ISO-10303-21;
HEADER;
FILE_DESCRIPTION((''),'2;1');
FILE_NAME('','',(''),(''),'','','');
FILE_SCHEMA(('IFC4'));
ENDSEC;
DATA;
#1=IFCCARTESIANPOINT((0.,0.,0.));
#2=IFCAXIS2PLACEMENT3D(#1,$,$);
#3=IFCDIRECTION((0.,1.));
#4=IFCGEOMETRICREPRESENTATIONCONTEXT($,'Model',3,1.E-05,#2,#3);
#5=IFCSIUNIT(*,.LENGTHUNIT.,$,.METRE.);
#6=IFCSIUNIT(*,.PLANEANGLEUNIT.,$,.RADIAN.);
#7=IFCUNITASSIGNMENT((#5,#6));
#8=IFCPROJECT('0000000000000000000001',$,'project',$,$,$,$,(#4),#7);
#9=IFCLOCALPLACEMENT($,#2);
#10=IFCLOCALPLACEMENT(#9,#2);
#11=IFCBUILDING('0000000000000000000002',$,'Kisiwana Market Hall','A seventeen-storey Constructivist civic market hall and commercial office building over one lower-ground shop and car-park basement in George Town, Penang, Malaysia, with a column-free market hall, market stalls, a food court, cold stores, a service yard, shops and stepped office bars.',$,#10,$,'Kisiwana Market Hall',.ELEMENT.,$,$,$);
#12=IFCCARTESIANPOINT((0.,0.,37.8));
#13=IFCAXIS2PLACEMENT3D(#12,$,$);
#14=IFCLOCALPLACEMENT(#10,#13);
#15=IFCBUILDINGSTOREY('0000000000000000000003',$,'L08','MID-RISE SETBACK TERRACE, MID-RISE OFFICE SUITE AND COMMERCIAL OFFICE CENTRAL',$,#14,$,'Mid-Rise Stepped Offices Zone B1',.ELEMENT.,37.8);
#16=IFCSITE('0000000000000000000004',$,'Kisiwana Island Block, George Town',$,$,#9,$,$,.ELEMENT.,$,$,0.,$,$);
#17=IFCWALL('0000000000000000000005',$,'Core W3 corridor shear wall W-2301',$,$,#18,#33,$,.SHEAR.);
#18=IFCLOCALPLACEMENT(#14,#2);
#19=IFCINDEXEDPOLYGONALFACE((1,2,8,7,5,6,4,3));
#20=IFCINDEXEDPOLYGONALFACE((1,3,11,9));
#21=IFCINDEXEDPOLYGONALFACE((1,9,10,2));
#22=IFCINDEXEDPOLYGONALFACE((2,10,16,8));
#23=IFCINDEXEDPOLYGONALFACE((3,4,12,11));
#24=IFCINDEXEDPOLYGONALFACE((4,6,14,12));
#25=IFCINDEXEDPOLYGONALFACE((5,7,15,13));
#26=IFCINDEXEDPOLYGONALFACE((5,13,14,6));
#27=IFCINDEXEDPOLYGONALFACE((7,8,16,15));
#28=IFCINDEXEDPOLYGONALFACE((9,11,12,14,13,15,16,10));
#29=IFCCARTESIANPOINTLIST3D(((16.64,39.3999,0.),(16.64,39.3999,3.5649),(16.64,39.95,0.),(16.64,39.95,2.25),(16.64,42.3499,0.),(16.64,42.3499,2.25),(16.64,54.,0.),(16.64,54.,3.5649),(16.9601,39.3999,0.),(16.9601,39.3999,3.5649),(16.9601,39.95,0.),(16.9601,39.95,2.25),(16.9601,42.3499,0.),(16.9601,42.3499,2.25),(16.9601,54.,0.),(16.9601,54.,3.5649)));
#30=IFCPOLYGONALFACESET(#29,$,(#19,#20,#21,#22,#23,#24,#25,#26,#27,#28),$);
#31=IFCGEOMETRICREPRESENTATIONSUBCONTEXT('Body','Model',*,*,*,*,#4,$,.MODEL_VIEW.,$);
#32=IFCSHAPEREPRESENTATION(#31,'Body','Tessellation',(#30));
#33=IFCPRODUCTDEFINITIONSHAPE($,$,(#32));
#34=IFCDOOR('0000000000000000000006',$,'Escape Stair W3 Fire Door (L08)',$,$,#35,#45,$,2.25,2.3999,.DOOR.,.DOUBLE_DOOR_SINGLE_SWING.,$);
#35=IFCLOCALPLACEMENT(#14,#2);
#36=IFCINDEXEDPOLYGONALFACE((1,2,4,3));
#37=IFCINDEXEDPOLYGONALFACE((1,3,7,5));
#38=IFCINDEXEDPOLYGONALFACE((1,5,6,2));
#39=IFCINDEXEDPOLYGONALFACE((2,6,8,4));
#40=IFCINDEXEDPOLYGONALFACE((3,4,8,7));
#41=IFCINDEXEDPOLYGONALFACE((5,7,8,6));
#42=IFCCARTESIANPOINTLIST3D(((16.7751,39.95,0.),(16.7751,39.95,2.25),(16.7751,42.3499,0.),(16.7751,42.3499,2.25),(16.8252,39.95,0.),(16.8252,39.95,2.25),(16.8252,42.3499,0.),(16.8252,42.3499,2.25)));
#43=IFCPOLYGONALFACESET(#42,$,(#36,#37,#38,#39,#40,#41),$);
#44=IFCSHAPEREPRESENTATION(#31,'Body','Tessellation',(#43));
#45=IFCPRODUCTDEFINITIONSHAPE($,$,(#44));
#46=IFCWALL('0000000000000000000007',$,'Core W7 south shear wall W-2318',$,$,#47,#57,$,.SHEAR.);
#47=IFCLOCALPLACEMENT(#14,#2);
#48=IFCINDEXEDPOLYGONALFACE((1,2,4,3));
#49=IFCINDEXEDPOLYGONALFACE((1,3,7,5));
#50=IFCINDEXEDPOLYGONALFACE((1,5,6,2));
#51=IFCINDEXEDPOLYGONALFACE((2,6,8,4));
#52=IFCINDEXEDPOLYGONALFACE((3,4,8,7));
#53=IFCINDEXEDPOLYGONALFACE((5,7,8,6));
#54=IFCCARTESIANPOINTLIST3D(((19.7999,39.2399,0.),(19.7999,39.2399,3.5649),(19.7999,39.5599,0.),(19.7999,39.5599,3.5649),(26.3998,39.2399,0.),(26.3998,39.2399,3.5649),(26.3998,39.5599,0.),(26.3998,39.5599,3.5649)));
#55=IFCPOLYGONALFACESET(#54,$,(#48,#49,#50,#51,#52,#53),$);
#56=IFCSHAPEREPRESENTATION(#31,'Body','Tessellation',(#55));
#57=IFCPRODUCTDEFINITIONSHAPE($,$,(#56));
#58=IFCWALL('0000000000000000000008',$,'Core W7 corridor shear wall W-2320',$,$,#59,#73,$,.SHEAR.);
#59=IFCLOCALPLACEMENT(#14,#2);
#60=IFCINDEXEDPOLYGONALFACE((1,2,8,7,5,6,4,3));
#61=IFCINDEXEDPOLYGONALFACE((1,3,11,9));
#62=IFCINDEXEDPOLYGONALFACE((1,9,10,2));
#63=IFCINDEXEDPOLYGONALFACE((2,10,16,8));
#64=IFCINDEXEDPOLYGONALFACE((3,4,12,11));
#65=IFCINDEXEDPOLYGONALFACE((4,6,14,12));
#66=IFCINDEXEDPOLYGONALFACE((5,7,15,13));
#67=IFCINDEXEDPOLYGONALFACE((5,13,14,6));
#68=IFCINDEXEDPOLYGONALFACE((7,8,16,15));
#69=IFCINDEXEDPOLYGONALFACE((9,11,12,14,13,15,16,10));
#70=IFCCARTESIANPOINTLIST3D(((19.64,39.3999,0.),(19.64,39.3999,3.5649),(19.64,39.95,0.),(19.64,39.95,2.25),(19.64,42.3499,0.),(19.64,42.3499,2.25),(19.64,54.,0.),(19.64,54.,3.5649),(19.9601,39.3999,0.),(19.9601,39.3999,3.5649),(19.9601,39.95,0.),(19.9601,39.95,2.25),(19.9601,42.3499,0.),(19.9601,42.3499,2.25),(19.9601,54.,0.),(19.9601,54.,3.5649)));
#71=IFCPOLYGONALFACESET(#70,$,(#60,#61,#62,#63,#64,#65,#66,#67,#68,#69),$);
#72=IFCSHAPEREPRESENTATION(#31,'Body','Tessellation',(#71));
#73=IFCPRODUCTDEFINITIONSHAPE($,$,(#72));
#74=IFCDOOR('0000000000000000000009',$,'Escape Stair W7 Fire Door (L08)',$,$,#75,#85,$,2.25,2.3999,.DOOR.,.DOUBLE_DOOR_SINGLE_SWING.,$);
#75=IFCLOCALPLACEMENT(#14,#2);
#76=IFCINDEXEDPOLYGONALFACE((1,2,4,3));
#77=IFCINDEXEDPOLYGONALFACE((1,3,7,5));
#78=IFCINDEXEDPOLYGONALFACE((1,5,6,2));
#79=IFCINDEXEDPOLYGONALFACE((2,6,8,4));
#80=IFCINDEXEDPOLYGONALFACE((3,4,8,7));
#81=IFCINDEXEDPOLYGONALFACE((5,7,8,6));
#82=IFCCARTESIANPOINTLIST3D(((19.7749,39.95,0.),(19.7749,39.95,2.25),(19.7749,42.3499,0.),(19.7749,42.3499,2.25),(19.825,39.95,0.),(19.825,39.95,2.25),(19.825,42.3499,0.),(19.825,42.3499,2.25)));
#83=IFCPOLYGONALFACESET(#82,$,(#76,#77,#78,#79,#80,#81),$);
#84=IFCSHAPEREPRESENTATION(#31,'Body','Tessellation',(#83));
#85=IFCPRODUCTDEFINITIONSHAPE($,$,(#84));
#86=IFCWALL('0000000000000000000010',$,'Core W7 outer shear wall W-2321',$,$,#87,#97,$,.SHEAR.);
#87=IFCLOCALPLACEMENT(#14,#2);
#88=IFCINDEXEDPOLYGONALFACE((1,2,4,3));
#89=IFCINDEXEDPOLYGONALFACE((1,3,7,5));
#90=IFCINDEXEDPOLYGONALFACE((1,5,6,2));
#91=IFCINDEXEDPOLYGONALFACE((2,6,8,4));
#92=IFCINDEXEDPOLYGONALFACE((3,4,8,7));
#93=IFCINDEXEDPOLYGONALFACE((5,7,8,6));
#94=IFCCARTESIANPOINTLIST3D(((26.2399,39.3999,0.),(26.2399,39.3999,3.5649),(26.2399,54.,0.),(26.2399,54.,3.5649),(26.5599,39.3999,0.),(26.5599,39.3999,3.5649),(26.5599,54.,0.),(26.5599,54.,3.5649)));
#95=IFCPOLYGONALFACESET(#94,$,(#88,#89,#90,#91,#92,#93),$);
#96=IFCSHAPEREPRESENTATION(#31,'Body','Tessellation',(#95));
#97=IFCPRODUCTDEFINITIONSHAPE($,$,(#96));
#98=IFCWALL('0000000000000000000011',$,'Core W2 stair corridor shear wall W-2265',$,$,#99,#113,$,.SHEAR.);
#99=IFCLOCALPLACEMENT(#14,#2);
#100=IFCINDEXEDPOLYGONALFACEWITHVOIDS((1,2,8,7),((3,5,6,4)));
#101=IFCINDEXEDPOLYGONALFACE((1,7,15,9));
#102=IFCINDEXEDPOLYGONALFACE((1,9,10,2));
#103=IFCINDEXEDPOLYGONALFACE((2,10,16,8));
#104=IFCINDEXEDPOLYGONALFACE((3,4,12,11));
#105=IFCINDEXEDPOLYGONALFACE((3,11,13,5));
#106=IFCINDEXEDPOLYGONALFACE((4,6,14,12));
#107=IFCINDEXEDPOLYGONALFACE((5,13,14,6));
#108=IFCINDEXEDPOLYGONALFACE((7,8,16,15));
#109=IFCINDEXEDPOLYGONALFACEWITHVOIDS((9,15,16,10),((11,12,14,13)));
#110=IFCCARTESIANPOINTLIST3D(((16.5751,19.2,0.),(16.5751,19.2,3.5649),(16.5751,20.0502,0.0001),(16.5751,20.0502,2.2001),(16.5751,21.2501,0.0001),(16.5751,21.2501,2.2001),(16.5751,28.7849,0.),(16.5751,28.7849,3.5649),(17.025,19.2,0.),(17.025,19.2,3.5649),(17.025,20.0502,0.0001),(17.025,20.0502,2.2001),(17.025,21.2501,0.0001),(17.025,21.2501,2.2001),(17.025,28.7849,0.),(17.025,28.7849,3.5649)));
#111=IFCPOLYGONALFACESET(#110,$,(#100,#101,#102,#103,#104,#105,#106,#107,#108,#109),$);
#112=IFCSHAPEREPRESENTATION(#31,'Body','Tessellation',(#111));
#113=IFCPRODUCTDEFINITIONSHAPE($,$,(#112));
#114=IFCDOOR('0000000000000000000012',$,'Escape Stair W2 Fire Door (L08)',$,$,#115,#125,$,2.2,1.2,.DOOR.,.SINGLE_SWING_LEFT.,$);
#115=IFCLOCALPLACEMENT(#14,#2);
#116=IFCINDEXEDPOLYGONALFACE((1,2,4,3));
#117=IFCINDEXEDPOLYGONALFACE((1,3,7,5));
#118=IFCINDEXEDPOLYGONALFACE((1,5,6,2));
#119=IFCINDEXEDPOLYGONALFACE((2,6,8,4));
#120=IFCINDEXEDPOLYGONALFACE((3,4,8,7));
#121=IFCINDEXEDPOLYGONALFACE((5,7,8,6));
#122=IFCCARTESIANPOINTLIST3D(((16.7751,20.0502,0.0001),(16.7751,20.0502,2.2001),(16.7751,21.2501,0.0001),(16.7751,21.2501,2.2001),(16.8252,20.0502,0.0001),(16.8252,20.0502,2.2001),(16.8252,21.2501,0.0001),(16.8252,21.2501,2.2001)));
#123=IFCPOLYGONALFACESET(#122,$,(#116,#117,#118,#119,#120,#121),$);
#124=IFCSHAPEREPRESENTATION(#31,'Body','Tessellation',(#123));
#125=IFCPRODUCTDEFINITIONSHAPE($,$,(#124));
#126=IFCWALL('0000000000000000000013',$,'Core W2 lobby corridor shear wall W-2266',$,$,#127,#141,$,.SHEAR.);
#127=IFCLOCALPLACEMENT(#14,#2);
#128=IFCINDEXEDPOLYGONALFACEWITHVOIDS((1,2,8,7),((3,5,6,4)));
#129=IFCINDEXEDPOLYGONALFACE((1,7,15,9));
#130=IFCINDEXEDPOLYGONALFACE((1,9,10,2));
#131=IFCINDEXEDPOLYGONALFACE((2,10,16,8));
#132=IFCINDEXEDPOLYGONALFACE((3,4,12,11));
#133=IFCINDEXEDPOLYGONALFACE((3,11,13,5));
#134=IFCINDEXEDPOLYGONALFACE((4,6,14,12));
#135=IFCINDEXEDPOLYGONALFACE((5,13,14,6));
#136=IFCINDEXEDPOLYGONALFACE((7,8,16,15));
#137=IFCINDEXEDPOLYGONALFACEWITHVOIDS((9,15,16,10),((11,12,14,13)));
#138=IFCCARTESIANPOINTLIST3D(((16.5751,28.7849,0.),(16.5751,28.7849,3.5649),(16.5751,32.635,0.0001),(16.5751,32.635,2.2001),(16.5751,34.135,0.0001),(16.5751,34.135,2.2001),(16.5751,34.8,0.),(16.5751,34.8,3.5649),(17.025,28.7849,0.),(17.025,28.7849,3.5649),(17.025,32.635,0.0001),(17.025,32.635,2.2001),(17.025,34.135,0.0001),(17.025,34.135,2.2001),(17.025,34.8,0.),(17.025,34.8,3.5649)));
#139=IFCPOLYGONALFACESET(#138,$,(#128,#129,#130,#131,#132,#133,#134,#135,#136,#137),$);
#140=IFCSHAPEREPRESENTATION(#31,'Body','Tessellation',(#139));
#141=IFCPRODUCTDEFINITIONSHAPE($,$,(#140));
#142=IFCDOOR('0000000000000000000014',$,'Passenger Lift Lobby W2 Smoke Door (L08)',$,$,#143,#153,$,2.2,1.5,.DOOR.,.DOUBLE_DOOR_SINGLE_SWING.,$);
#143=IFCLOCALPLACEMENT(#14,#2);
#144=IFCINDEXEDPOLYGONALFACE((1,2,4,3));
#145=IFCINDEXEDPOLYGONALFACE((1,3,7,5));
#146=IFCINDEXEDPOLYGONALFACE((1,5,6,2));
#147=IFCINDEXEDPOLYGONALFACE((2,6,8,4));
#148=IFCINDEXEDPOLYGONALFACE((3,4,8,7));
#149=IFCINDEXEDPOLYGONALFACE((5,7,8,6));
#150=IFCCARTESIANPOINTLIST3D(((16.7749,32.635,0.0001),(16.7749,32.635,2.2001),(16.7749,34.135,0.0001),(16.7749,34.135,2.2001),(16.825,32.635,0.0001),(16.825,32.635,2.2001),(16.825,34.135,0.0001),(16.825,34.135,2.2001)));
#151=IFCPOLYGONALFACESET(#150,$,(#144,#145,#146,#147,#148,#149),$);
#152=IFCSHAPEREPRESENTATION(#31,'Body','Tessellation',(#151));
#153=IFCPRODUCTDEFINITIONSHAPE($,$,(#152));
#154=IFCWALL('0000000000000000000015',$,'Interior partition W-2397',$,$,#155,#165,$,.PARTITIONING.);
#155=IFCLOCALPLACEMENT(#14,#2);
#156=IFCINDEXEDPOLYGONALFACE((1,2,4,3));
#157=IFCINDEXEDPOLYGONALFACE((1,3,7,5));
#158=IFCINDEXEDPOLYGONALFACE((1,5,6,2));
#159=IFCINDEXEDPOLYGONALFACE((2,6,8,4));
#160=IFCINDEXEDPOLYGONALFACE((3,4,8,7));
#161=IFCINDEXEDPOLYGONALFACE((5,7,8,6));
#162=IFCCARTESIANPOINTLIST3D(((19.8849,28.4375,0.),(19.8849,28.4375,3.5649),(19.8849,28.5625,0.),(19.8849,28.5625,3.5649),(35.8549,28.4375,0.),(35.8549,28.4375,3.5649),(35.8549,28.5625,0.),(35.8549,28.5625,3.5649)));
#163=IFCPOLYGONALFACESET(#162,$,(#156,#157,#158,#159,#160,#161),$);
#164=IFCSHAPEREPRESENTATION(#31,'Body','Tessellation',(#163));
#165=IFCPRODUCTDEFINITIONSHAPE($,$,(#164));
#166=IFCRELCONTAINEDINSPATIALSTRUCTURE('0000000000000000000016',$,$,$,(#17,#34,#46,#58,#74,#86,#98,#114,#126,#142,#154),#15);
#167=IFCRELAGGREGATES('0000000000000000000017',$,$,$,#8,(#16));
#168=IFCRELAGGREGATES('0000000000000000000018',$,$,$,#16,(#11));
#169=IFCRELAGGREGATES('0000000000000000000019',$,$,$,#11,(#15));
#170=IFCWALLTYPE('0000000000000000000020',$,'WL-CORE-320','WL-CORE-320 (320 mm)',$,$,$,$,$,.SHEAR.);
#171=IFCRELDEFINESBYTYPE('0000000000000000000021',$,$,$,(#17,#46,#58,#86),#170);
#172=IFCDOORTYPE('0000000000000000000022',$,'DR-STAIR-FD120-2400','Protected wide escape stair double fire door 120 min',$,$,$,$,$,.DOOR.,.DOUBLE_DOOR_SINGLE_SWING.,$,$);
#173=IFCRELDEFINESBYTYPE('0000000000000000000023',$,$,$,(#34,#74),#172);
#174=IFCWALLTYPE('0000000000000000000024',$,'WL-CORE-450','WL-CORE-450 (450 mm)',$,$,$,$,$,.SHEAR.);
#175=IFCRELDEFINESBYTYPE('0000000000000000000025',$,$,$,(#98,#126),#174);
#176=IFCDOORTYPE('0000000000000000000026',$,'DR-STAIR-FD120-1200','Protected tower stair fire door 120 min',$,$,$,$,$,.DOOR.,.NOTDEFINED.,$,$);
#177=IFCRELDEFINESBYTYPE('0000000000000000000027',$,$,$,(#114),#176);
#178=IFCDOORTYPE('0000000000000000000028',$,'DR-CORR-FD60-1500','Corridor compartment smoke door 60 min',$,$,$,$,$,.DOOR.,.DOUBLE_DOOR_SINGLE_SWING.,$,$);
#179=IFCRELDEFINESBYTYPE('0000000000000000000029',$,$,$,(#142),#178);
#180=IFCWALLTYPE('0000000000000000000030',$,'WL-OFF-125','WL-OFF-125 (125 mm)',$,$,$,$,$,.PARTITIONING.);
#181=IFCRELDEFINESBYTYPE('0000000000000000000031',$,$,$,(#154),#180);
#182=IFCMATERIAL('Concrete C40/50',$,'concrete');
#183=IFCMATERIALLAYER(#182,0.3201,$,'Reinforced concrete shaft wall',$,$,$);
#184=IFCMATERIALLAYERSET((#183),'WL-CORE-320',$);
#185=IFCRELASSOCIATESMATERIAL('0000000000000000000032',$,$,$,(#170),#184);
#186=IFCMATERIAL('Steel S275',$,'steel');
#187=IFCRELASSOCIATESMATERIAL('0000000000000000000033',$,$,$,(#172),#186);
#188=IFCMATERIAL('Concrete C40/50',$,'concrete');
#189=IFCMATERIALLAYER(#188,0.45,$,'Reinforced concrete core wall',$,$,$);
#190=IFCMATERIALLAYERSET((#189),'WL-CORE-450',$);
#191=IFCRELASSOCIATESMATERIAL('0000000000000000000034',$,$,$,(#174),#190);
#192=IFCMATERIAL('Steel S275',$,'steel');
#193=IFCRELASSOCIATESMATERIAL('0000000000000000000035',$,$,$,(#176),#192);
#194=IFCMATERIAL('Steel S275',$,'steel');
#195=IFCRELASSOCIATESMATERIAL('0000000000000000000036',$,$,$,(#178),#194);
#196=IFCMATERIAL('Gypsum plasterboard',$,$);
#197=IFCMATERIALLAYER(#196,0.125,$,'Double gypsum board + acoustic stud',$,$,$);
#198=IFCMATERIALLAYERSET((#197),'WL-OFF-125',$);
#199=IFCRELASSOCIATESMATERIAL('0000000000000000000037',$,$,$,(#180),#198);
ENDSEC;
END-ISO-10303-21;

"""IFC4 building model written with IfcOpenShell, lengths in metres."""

from ifc_helpers import new_model, si_unit, direction, frame, frame_2d, origin, place, context, subcontext, project, spatial, rectangle, extrude, material, layer, layer_set, type_object, element, fill, save


model = new_model("IFC4")

# Units and contexts
model_context = context("Model", 3, precision=1e-05, world=origin(), true_north=direction((0.0, 1.0)))
body_context = subcontext(model_context, "Body", "Model", "MODEL_VIEW")
ifc_project = project(units=[si_unit("LENGTHUNIT", "METRE"), si_unit("PLANEANGLEUNIT", "RADIAN")], contexts=[model_context])

# Site, building, storey
site_placement = place(None, origin())
site = spatial("IfcSite", under=ifc_project, at=site_placement, Name="Kisiwana Island Block, George Town", CompositionType="ELEMENT", RefElevation=0.0)
building_placement = place(site_placement, origin())
building = spatial("IfcBuilding", under=site, at=building_placement, Name="Kisiwana Market Hall", Description="A seventeen-storey Constructivist civic market hall and commercial office building over one lower-ground shop and car-park basement in George Town, Penang, Malaysia, with a column-free market hall, market stalls, a food court, cold stores, a service yard, shops and stepped office bars.", LongName="Kisiwana Market Hall", CompositionType="ELEMENT")
storey_placement = place(building_placement, frame((0.0, 0.0, 37.8)))
storey = spatial("IfcBuildingStorey", under=building, at=storey_placement, Name="L08", Description="MID-RISE SETBACK TERRACE, MID-RISE OFFICE SUITE AND COMMERCIAL OFFICE CENTRAL", LongName="Mid-Rise Stepped Offices Zone B1", CompositionType="ELEMENT", Elevation=37.8)

# Wall, opening, door
ifc_material_1 = material(Name="Concrete C40/50", Category="concrete")
ifc_layer_1 = layer(ifc_material_1, 0.3201, Name="Reinforced concrete shaft wall")
ifc_layer_set_1 = layer_set([ifc_layer_1], Name="WL-CORE-320")
wall_type_1 = type_object("IfcWallType", Name="WL-CORE-320", Description="WL-CORE-320 (320 mm)", PredefinedType="SHEAR", material=ifc_layer_set_1)
wall_1_placement = place(storey_placement, frame((16.8, 39.3999, 0.0), z_axis=(0.0, 0.0, 1.0), x_axis=(0.0, 1.0, 0.0)))
wall_1 = element("IfcWall", 1, at=wall_1_placement, inside=storey, type_object=wall_type_1, Name="Core W3 corridor shear wall W-2301", PredefinedType="SHEAR", context=body_context, shape_type="SweptSolid", body=[
    extrude(rectangle(XDim=14.6001, YDim=0.3201, at=frame_2d((7.3, 0.0))), origin(), (0.0, 0.0, 1.0), 3.5649),
])
opening_1_placement = place(wall_1_placement, frame((0.55, 0.0, 0.0)))
opening_1 = element("IfcOpeningElement", 2, at=opening_1_placement, cuts=wall_1, PredefinedType="OPENING", context=body_context, shape_type="SweptSolid", body=[
    extrude(rectangle(XDim=2.3999, YDim=2.25, at=frame_2d((1.2, 1.125))), frame((0.0, 0.1719, 0.0), z_axis=(0.0, -1.0, 0.0), x_axis=(1.0, 0.0, 0.0)), (0.0, 0.0, 1.0), 0.344),
])
ifc_material_2 = material(Name="Steel S275", Category="steel")
door_type_1 = type_object("IfcDoorType", Name="DR-STAIR-FD120-2400", Description="Protected wide escape stair double fire door 120 min", OperationType="DOUBLE_DOOR_SINGLE_SWING", PredefinedType="DOOR", material=ifc_material_2)
door_1_placement = place(opening_1_placement, origin())
door_1 = element("IfcDoor", 3, at=door_1_placement, inside=storey, type_object=door_type_1, Name="Escape Stair W3 Fire Door (L08)", OperationType="DOUBLE_DOOR_SINGLE_SWING", OverallHeight=2.25, OverallWidth=2.3999, PredefinedType="DOOR", context=body_context, shape_type="SweptSolid", body=[
    extrude(rectangle(XDim=2.3999, YDim=2.25, at=frame_2d((1.2, 1.125))), frame((0.0, 0.0249, 0.0), z_axis=(0.0, -1.0, 0.0), x_axis=(1.0, 0.0, 0.0)), (0.0, 0.0, 1.0), 0.05),
])
fill(opening_1, door_1)

# Wall
wall_2_placement = place(storey_placement, frame((19.8, 39.3999, 0.0), z_axis=(0.0, 0.0, 1.0), x_axis=(1.0, 0.0, 0.0)))
element("IfcWall", 4, at=wall_2_placement, inside=storey, type_object=wall_type_1, Name="Core W7 south shear wall W-2318", PredefinedType="SHEAR", context=body_context, shape_type="SweptSolid", body=[
    extrude(rectangle(XDim=6.5999, YDim=0.3201, at=frame_2d((3.2998, 0.0))), origin(), (0.0, 0.0, 1.0), 3.5649),
])

# Wall, opening, door
wall_3_placement = place(storey_placement, frame((19.8, 39.3999, 0.0), z_axis=(0.0, 0.0, 1.0), x_axis=(0.0, 1.0, 0.0)))
wall_3 = element("IfcWall", 5, at=wall_3_placement, inside=storey, type_object=wall_type_1, Name="Core W7 corridor shear wall W-2320", PredefinedType="SHEAR", context=body_context, shape_type="SweptSolid", body=[
    extrude(rectangle(XDim=14.6001, YDim=0.3201, at=frame_2d((7.3, 0.0))), origin(), (0.0, 0.0, 1.0), 3.5649),
])
opening_2_placement = place(wall_3_placement, frame((0.55, 0.0, 0.0)))
opening_2 = element("IfcOpeningElement", 6, at=opening_2_placement, cuts=wall_3, PredefinedType="OPENING", context=body_context, shape_type="SweptSolid", body=[
    extrude(rectangle(XDim=2.3999, YDim=2.25, at=frame_2d((1.2, 1.125))), frame((0.0, 0.1719, 0.0), z_axis=(0.0, -1.0, 0.0), x_axis=(1.0, 0.0, 0.0)), (0.0, 0.0, 1.0), 0.344),
])
door_2_placement = place(opening_2_placement, frame((2.3999, 0.0, 0.0), z_axis=(0.0, 0.0, 1.0), x_axis=(-1.0, 0.0, 0.0)))
door_2 = element("IfcDoor", 7, at=door_2_placement, inside=storey, type_object=door_type_1, Name="Escape Stair W7 Fire Door (L08)", OperationType="DOUBLE_DOOR_SINGLE_SWING", OverallHeight=2.25, OverallWidth=2.3999, PredefinedType="DOOR", context=body_context, shape_type="SweptSolid", body=[
    extrude(rectangle(XDim=2.3999, YDim=2.25, at=frame_2d((1.2, 1.125))), frame((0.0, 0.0249, 0.0), z_axis=(0.0, -1.0, 0.0), x_axis=(1.0, 0.0, 0.0)), (0.0, 0.0, 1.0), 0.05),
])
fill(opening_2, door_2)

# Wall
wall_4_placement = place(storey_placement, frame((26.3999, 39.3999, 0.0), z_axis=(0.0, 0.0, 1.0), x_axis=(0.0, 1.0, 0.0)))
element("IfcWall", 8, at=wall_4_placement, inside=storey, type_object=wall_type_1, Name="Core W7 outer shear wall W-2321", PredefinedType="SHEAR", context=body_context, shape_type="SweptSolid", body=[
    extrude(rectangle(XDim=14.6001, YDim=0.3201, at=frame_2d((7.3, 0.0))), origin(), (0.0, 0.0, 1.0), 3.5649),
])

# Walls, openings, doors
ifc_material_3 = material(Name="Concrete C40/50", Category="concrete")
ifc_layer_2 = layer(ifc_material_3, 0.45, Name="Reinforced concrete core wall")
ifc_layer_set_2 = layer_set([ifc_layer_2], Name="WL-CORE-450")
wall_type_2 = type_object("IfcWallType", Name="WL-CORE-450", Description="WL-CORE-450 (450 mm)", PredefinedType="SHEAR", material=ifc_layer_set_2)
wall_5_placement = place(storey_placement, frame((16.8, 19.2, 0.0), z_axis=(0.0, 0.0, 1.0), x_axis=(0.0, 1.0, 0.0)))
wall_5 = element("IfcWall", 9, at=wall_5_placement, inside=storey, type_object=wall_type_2, Name="Core W2 stair corridor shear wall W-2265", PredefinedType="SHEAR", context=body_context, shape_type="SweptSolid", body=[
    extrude(rectangle(XDim=9.585, YDim=0.45, at=frame_2d((4.7925, 0.0))), origin(), (0.0, 0.0, 1.0), 3.5649),
])
opening_3_placement = place(wall_5_placement, frame((0.8501, 0.0, 0.0)))
opening_3 = element("IfcOpeningElement", 10, at=opening_3_placement, cuts=wall_5, PredefinedType="OPENING", context=body_context, shape_type="SweptSolid", body=[
    extrude(rectangle(XDim=1.2, YDim=2.2, at=frame_2d((0.6001, 1.1001))), frame((0.0, 0.2368, 0.0), z_axis=(0.0, -1.0, 0.0), x_axis=(1.0, 0.0, 0.0)), (0.0, 0.0, 1.0), 0.4739),
])
ifc_material_4 = material(Name="Steel S275", Category="steel")
door_type_2 = type_object("IfcDoorType", Name="DR-STAIR-FD120-1200", Description="Protected tower stair fire door 120 min", OperationType="NOTDEFINED", PredefinedType="DOOR", material=ifc_material_4)
door_3_placement = place(opening_3_placement, origin())
door_3 = element("IfcDoor", 11, at=door_3_placement, inside=storey, type_object=door_type_2, Name="Escape Stair W2 Fire Door (L08)", OperationType="SINGLE_SWING_LEFT", OverallHeight=2.2, OverallWidth=1.2, PredefinedType="DOOR", context=body_context, shape_type="SweptSolid", body=[
    extrude(rectangle(XDim=1.2, YDim=2.2, at=frame_2d((0.6001, 1.1001))), frame((0.0, 0.0249, 0.0), z_axis=(0.0, -1.0, 0.0), x_axis=(1.0, 0.0, 0.0)), (0.0, 0.0, 1.0), 0.05),
])
fill(opening_3, door_3)
wall_6_placement = place(storey_placement, frame((16.8, 28.7849, 0.0), z_axis=(0.0, 0.0, 1.0), x_axis=(0.0, 1.0, 0.0)))
wall_6 = element("IfcWall", 12, at=wall_6_placement, inside=storey, type_object=wall_type_2, Name="Core W2 lobby corridor shear wall W-2266", PredefinedType="SHEAR", context=body_context, shape_type="SweptSolid", body=[
    extrude(rectangle(XDim=6.0151, YDim=0.45, at=frame_2d((3.0076, 0.0))), origin(), (0.0, 0.0, 1.0), 3.5649),
])
opening_4_placement = place(wall_6_placement, frame((3.8501, 0.0, 0.0)))
opening_4 = element("IfcOpeningElement", 13, at=opening_4_placement, cuts=wall_6, PredefinedType="OPENING", context=body_context, shape_type="SweptSolid", body=[
    extrude(rectangle(XDim=1.5, YDim=2.2, at=frame_2d((0.75, 1.1001))), frame((0.0, 0.2368, 0.0), z_axis=(0.0, -1.0, 0.0), x_axis=(1.0, 0.0, 0.0)), (0.0, 0.0, 1.0), 0.4739),
])
ifc_material_5 = material(Name="Steel S275", Category="steel")
door_type_3 = type_object("IfcDoorType", Name="DR-CORR-FD60-1500", Description="Corridor compartment smoke door 60 min", OperationType="DOUBLE_DOOR_SINGLE_SWING", PredefinedType="DOOR", material=ifc_material_5)
door_4_placement = place(opening_4_placement, frame((1.5, 0.0, 0.0), z_axis=(0.0, 0.0, 1.0), x_axis=(-1.0, 0.0, 0.0)))
door_4 = element("IfcDoor", 14, at=door_4_placement, inside=storey, type_object=door_type_3, Name="Passenger Lift Lobby W2 Smoke Door (L08)", OperationType="DOUBLE_DOOR_SINGLE_SWING", OverallHeight=2.2, OverallWidth=1.5, PredefinedType="DOOR", context=body_context, shape_type="SweptSolid", body=[
    extrude(rectangle(XDim=1.5, YDim=2.2, at=frame_2d((0.75, 1.1001))), frame((0.0, 0.0249, 0.0), z_axis=(0.0, -1.0, 0.0), x_axis=(1.0, 0.0, 0.0)), (0.0, 0.0, 1.0), 0.05),
])
fill(opening_4, door_4)

# Wall
ifc_material_6 = material(Name="Gypsum plasterboard")
ifc_layer_3 = layer(ifc_material_6, 0.125, Name="Double gypsum board + acoustic stud")
ifc_layer_set_3 = layer_set([ifc_layer_3], Name="WL-OFF-125")
wall_type_3 = type_object("IfcWallType", Name="WL-OFF-125", Description="WL-OFF-125 (125 mm)", PredefinedType="PARTITIONING", material=ifc_layer_set_3)
wall_7_placement = place(storey_placement, frame((19.885, 28.5, 0.0), z_axis=(0.0, 0.0, 1.0), x_axis=(1.0, 0.0, 0.0)))
element("IfcWall", 15, at=wall_7_placement, inside=storey, type_object=wall_type_3, Name="Interior partition W-2397", PredefinedType="PARTITIONING", context=body_context, shape_type="SweptSolid", body=[
    extrude(rectangle(XDim=15.97, YDim=0.125, at=frame_2d((7.9849, 0.0))), origin(), (0.0, 0.0, 1.0), 3.5649),
])

save(model, "model.ifc")
